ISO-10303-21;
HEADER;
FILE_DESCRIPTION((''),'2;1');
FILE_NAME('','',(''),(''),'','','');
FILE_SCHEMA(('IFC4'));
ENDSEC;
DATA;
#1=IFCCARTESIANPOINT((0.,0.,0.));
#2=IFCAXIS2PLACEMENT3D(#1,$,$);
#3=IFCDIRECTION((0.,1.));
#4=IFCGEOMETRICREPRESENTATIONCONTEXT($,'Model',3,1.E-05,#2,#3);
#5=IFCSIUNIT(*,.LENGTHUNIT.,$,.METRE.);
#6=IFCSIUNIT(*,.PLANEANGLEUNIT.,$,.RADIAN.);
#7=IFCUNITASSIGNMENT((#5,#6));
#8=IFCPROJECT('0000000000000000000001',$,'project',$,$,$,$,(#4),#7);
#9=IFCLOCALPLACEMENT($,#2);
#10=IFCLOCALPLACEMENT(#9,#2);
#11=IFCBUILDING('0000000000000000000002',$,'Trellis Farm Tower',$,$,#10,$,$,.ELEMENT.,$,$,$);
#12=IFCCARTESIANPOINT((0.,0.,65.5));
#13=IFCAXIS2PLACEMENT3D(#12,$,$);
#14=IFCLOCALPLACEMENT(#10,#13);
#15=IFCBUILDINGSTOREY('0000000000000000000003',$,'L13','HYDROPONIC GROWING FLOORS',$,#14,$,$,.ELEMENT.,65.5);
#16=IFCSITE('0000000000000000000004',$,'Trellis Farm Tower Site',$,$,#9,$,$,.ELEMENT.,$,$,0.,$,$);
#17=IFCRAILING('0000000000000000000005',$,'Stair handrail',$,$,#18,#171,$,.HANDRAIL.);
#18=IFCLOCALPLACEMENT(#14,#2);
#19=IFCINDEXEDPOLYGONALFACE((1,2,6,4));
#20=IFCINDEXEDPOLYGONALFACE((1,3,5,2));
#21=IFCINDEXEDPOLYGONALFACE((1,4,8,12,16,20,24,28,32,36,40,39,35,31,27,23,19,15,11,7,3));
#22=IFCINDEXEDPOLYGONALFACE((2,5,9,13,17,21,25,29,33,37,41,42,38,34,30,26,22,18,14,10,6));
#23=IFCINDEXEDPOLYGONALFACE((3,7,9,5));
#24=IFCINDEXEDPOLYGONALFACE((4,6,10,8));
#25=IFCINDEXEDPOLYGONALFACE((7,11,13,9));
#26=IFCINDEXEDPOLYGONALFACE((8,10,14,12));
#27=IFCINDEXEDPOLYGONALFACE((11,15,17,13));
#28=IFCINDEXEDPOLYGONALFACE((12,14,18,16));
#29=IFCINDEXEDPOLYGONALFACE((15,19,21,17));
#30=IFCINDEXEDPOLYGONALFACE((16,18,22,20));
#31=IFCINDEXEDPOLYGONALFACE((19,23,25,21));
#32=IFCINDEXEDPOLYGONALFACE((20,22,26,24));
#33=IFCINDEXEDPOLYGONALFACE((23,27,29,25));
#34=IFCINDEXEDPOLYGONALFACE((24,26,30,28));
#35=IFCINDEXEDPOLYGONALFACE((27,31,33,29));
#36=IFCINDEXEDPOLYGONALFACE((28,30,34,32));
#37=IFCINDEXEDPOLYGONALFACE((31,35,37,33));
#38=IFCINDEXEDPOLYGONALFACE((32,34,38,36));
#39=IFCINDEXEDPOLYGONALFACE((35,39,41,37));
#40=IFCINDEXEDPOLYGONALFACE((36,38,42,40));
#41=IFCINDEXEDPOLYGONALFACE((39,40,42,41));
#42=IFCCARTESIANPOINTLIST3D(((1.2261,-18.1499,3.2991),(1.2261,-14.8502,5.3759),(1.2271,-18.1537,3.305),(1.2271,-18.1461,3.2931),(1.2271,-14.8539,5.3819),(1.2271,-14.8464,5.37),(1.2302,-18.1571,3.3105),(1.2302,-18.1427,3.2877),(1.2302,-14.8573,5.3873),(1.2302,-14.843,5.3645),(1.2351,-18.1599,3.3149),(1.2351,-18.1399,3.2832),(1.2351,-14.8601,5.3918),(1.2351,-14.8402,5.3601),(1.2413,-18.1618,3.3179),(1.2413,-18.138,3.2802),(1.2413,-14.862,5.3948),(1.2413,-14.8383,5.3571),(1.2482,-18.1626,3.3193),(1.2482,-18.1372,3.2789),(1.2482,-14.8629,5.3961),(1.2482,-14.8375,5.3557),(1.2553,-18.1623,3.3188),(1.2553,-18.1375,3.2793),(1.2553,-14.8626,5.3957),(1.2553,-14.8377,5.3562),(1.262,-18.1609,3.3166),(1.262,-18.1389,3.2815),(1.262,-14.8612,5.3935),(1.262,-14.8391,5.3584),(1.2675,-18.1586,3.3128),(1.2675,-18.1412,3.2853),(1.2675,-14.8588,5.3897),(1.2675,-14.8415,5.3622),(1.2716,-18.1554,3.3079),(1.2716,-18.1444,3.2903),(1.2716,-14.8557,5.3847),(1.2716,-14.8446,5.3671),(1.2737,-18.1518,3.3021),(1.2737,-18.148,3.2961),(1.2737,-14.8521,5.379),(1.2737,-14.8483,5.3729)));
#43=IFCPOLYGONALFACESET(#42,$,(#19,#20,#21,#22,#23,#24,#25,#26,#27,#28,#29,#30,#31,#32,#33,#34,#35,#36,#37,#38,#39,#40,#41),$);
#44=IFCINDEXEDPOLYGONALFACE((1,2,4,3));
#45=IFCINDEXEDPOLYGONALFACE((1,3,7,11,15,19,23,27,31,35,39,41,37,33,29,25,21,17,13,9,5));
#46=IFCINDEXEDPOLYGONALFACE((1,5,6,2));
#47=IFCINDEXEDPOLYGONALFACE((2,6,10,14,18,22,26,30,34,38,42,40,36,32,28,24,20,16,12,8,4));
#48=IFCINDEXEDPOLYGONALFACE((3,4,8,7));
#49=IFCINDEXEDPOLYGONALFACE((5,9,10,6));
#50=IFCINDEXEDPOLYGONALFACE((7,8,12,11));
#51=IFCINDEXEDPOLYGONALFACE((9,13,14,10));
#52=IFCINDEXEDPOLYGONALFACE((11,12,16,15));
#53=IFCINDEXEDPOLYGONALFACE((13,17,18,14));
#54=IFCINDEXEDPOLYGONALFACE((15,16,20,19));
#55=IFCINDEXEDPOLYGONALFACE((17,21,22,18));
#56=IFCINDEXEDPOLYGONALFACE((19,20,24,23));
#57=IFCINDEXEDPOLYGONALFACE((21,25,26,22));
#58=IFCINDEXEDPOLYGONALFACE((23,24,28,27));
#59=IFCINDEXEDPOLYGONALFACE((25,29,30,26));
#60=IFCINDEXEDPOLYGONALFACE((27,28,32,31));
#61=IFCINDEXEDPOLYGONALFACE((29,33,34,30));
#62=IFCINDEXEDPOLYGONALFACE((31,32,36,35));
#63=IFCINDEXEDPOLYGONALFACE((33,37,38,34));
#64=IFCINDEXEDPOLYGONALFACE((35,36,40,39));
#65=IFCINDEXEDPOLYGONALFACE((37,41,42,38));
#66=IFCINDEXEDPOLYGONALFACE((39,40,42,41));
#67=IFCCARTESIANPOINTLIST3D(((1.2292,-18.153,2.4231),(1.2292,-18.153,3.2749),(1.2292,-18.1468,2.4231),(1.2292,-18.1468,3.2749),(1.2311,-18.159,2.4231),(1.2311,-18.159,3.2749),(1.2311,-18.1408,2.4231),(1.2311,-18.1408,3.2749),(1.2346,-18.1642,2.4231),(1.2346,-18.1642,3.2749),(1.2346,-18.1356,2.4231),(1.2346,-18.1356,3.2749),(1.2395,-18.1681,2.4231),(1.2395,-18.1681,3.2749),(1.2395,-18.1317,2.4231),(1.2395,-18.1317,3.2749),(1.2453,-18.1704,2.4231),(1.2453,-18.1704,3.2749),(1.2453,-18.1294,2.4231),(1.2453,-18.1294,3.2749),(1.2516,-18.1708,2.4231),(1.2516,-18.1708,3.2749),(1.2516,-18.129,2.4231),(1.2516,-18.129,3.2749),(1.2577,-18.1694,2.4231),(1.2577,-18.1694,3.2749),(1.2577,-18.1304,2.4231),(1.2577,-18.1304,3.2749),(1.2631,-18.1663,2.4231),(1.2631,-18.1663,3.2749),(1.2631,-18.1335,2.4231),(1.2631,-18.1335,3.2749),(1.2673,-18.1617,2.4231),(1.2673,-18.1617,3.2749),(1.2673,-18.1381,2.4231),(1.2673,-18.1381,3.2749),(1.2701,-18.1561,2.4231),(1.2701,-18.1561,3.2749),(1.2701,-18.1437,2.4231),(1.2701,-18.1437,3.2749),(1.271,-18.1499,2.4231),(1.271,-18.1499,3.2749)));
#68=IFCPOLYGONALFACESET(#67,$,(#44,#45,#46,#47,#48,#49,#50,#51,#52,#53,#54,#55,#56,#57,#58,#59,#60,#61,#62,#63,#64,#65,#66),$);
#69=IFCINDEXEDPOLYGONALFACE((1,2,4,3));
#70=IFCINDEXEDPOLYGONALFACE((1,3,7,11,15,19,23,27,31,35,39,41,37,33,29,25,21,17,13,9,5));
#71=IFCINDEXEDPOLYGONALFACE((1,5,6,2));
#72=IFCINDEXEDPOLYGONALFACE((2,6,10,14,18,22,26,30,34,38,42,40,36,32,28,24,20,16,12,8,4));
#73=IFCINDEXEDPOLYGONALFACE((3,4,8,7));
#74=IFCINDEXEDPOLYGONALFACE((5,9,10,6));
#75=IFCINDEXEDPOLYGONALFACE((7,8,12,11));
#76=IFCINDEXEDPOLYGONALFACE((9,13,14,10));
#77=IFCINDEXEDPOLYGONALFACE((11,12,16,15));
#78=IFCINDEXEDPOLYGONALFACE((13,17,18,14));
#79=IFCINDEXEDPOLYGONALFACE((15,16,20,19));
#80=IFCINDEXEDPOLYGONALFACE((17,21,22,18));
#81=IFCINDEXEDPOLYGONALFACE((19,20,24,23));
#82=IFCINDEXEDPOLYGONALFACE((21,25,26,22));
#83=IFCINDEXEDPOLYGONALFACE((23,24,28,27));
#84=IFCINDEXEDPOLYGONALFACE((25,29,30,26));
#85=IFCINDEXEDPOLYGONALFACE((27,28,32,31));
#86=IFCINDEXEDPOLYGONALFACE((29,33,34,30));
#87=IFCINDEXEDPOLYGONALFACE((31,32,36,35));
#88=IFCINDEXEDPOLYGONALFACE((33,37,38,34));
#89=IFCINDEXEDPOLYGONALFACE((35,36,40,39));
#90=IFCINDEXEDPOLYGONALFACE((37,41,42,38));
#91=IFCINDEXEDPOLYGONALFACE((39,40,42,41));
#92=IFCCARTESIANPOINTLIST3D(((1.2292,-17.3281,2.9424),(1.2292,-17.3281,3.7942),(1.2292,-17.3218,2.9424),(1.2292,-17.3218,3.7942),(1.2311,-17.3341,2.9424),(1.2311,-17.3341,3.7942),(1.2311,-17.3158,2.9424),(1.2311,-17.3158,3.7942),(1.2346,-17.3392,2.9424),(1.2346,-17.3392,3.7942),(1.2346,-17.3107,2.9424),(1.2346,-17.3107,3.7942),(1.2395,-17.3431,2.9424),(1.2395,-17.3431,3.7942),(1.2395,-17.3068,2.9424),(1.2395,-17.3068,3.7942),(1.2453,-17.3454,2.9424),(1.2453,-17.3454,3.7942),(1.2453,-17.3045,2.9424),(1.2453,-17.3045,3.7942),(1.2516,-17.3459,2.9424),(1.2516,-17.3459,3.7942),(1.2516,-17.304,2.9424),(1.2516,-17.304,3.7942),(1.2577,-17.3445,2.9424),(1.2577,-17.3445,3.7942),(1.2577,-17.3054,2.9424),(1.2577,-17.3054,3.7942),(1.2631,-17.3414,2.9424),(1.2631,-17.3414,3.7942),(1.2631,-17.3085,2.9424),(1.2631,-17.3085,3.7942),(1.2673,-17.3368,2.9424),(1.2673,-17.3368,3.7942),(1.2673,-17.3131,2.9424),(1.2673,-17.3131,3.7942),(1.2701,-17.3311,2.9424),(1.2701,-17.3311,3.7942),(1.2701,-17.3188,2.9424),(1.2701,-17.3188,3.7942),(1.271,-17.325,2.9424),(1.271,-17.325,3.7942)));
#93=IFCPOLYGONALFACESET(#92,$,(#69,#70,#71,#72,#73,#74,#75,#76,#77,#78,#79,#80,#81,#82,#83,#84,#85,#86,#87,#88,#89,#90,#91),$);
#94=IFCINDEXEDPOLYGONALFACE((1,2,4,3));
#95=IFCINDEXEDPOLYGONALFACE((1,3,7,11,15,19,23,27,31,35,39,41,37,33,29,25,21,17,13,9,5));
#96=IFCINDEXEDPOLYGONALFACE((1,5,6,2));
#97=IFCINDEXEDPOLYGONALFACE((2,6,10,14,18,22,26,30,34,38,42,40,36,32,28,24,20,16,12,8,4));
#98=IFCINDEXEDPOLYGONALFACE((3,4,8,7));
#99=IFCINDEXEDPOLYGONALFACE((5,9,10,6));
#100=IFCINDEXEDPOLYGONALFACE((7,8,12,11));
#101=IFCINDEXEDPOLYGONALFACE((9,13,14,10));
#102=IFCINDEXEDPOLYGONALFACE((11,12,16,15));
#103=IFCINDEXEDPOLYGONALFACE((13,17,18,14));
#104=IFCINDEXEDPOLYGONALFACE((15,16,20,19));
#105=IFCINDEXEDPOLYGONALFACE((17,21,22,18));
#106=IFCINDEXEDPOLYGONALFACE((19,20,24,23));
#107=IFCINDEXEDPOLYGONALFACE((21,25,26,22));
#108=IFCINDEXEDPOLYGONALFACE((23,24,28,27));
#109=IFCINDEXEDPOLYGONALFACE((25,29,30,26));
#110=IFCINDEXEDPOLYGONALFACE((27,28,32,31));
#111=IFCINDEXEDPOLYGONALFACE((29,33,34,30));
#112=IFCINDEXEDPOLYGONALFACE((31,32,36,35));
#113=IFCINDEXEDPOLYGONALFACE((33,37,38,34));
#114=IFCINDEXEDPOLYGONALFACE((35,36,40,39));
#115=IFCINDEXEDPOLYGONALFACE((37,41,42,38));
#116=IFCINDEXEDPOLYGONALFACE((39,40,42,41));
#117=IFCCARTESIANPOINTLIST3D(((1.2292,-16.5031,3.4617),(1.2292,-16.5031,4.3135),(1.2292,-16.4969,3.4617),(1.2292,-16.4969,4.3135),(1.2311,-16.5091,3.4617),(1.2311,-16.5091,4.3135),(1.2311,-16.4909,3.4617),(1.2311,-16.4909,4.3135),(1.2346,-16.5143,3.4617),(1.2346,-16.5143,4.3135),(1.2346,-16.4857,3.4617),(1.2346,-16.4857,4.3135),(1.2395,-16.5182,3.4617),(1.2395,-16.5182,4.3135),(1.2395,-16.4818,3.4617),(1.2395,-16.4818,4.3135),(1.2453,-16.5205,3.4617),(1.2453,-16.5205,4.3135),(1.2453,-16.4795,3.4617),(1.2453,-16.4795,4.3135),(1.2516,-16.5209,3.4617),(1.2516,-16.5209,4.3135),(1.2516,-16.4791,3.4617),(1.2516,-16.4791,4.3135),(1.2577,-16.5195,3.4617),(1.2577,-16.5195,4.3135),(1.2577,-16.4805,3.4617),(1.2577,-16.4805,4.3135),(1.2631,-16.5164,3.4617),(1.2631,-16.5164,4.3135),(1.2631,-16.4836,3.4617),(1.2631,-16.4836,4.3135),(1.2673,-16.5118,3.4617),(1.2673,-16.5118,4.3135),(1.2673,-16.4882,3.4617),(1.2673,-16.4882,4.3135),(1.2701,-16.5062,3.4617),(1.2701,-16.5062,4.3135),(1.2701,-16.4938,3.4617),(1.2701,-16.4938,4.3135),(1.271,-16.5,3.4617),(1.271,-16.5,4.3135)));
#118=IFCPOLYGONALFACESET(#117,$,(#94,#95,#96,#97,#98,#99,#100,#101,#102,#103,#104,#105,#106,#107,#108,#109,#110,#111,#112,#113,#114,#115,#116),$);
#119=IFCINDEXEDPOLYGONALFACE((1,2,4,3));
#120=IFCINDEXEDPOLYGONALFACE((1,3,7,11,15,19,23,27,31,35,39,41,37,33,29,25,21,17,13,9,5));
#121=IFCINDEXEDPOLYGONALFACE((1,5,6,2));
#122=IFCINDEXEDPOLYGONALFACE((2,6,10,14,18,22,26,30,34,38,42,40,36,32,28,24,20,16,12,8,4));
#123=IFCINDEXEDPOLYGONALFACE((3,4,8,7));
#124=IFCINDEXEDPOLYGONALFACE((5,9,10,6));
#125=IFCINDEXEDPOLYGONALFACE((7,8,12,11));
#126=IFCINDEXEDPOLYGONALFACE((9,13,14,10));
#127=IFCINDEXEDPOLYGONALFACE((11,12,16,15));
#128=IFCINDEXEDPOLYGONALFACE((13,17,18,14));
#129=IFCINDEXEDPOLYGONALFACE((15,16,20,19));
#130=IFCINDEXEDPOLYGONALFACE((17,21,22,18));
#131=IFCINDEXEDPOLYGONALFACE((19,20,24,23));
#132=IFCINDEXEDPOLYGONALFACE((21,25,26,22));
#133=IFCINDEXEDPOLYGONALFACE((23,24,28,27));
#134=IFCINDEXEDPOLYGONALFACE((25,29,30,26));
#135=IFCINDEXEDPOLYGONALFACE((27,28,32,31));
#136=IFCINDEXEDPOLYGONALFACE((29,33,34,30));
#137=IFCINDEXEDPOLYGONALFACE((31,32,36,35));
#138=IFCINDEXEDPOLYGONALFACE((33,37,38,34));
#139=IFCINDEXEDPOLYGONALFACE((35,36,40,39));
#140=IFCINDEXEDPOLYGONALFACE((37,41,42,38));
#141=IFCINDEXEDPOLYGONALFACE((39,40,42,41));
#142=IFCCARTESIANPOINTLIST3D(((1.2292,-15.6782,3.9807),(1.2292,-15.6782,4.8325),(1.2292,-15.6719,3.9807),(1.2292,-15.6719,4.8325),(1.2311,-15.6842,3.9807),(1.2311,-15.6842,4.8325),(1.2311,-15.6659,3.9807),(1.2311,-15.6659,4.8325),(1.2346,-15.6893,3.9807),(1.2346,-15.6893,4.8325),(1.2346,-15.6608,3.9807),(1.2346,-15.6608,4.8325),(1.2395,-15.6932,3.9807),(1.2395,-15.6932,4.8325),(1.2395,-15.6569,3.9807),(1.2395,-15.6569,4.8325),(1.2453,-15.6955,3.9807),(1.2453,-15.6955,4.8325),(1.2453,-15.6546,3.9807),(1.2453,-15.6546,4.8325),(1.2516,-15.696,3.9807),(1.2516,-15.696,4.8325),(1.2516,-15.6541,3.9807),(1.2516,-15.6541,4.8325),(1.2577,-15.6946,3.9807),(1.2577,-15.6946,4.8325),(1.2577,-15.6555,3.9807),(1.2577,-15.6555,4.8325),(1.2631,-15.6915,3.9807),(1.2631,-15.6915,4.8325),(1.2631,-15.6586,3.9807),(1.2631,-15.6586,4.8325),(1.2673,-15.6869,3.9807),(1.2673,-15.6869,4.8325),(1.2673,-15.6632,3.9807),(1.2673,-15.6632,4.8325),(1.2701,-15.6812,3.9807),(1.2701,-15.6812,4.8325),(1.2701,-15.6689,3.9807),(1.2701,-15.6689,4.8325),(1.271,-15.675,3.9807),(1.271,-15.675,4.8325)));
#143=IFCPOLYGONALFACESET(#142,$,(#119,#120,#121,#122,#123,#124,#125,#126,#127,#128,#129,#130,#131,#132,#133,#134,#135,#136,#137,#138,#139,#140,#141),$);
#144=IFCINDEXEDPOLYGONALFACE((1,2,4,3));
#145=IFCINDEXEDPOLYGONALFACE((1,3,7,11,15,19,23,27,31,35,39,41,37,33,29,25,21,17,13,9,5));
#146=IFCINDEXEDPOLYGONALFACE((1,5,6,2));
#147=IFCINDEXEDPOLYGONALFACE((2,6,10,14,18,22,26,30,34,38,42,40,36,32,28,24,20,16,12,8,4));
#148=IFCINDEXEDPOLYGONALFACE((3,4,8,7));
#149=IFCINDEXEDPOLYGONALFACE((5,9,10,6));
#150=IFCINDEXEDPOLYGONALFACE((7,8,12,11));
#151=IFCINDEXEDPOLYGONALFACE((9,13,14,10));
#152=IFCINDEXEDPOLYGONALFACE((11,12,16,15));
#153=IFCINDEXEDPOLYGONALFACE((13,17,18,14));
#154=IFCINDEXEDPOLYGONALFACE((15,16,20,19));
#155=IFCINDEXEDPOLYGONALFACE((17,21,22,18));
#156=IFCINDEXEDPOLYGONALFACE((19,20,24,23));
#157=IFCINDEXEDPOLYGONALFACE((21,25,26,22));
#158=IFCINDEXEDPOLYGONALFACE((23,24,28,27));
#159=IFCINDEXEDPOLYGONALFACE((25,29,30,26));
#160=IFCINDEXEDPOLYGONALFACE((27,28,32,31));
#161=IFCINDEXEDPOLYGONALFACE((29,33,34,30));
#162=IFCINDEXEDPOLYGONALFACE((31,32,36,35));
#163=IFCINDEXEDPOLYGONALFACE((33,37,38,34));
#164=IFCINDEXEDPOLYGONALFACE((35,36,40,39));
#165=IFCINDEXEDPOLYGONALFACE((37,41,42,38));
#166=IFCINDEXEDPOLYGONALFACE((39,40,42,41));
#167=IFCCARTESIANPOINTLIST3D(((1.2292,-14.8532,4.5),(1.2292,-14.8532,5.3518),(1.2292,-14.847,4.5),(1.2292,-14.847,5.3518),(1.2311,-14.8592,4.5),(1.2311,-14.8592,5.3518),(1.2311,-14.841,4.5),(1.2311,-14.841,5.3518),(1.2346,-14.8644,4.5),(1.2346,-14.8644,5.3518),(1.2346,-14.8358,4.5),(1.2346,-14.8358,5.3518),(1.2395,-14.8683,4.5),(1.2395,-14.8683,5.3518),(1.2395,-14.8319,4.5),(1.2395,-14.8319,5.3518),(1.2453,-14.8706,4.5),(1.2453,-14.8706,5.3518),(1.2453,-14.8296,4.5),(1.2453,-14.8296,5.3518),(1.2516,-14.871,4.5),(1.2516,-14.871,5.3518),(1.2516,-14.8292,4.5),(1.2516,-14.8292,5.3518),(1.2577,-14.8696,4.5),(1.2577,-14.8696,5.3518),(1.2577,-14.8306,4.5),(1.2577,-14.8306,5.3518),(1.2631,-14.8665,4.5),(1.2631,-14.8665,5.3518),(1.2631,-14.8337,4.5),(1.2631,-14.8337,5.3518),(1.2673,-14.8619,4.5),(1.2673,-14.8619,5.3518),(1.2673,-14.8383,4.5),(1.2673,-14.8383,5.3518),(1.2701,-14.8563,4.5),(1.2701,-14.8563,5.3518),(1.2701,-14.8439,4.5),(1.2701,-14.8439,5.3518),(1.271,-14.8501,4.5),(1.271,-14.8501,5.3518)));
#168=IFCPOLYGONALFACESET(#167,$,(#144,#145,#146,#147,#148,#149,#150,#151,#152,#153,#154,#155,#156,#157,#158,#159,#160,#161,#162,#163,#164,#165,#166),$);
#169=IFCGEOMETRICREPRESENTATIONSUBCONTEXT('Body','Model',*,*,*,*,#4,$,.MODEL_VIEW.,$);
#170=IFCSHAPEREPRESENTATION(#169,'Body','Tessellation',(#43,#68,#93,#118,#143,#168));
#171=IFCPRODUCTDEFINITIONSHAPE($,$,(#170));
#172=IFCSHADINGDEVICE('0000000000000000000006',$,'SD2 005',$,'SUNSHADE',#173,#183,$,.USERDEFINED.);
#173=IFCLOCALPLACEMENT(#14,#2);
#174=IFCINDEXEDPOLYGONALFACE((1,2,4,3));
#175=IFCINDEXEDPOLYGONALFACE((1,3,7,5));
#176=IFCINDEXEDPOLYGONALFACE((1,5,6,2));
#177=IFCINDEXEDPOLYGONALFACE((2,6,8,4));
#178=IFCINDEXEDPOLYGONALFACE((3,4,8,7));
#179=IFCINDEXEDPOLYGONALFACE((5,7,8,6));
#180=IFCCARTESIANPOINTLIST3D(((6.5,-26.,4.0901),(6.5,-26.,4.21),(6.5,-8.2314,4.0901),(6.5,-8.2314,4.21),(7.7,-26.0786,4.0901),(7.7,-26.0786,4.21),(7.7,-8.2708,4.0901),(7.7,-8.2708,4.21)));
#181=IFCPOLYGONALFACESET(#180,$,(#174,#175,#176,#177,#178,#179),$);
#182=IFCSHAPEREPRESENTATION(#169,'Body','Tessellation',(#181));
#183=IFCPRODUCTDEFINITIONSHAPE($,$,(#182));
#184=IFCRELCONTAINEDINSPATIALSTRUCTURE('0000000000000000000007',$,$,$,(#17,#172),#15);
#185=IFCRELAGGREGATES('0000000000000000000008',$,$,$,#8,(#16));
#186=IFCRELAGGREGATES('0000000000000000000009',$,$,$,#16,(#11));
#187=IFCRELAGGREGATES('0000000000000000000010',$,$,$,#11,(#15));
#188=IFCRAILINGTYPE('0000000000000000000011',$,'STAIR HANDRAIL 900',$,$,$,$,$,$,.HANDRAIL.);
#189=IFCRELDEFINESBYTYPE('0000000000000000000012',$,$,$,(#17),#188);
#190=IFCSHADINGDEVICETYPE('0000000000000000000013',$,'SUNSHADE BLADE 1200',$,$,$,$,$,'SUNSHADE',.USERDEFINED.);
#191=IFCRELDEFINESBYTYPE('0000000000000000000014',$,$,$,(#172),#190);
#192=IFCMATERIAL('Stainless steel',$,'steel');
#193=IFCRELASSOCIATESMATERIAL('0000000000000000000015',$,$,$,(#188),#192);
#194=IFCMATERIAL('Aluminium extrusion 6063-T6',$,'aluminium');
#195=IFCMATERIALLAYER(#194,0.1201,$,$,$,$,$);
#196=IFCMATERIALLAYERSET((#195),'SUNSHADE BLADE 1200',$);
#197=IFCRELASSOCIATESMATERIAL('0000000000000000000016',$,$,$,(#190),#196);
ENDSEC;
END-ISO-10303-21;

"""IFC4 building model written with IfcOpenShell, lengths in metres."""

from ifc_helpers import new_model, si_unit, direction, frame, origin, origin_2d, place, context, subcontext, project, spatial, polyline, circle, outline, extrude, source, transform, mapped, material, layer, layer_set, type_object, element, save


model = new_model("IFC4")

# Units and contexts
model_context = context("Model", 3, precision=1e-05, world=origin(), true_north=direction((0.0, 1.0)))
body_context = subcontext(model_context, "Body", "Model", "MODEL_VIEW")
ifc_project = project(units=[si_unit("LENGTHUNIT", "METRE"), si_unit("PLANEANGLEUNIT", "RADIAN")], contexts=[model_context])

# Site, building, storey
site_placement = place(None, origin())
site = spatial("IfcSite", under=ifc_project, at=site_placement, Name="Trellis Farm Tower Site", CompositionType="ELEMENT", RefElevation=0.0)
building_placement = place(site_placement, origin())
building = spatial("IfcBuilding", under=site, at=building_placement, Name="Trellis Farm Tower", CompositionType="ELEMENT")
storey_placement = place(building_placement, frame((0.0, 0.0, 65.5)))
storey = spatial("IfcBuildingStorey", under=building, at=storey_placement, Name="L13", Description="HYDROPONIC GROWING FLOORS", CompositionType="ELEMENT", Elevation=65.5)

# Shared definitions
ifc_material_1 = material(Name="Aluminium extrusion 6063-T6", Category="aluminium")

# Railing
ifc_material_2 = material(Name="Stainless steel", Category="steel")
railing_type = type_object("IfcRailingType", Name="STAIR HANDRAIL 900", PredefinedType="HANDRAIL", material=ifc_material_2)
shared_shape_1 = source(origin(), body_context, "Body", "SweptSolid", [
    extrude(circle(Radius=0.0239, at=origin_2d()), frame((0.0, 0.0, 0.876), z_axis=(0.0, 0.84632, 0.532675), x_axis=(-1.0, 0.0, 0.0)), (0.0, 0.0, 1.0), 3.8989),
    extrude(circle(Radius=0.021, at=origin_2d()), origin(), (0.0, 0.0, 1.0), 0.8518),
    extrude(circle(Radius=0.021, at=origin_2d()), frame((0.0, 0.825, 0.5193)), (0.0, 0.0, 1.0), 0.8518),
    extrude(circle(Radius=0.021, at=origin_2d()), frame((0.0, 1.6499, 1.0386)), (0.0, 0.0, 1.0), 0.8518),
    extrude(circle(Radius=0.021, at=origin_2d()), frame((0.0, 2.4749, 1.5576)), (0.0, 0.0, 1.0), 0.8518),
    extrude(circle(Radius=0.021, at=origin_2d()), frame((0.0, 3.2998, 2.0769)), (0.0, 0.0, 1.0), 0.8518),
])
railing_placement = place(storey_placement, frame((1.25, -18.1499, 2.4231)))
element("IfcRailing", 1, at=railing_placement, inside=storey, type_object=railing_type, Name="Stair handrail", PredefinedType="HANDRAIL", context=body_context, shape_type="MappedRepresentation", body=[
    mapped(shared_shape_1, transform((0.0, 0.0, 0.0))),
])

# Shading device
ifc_layer_1 = layer(ifc_material_1, 0.1201)
ifc_layer_set_1 = layer_set([ifc_layer_1], Name="SUNSHADE BLADE 1200")
shading_device_type = type_object("IfcShadingDeviceType", Name="SUNSHADE BLADE 1200", ElementType="SUNSHADE", PredefinedType="USERDEFINED", material=ifc_layer_set_1)
shared_shape_2 = source(origin(), body_context, "Body", "SweptSolid", [
    extrude(outline(polyline([(7.7, -26.0786), (7.7, -8.2708), (6.5, -8.2314), (6.5, -26.0), (7.7, -26.0786)])), origin(), (0.0, 0.0, 1.0), 0.1199),
])
placement_1 = place(storey_placement, frame((0.0, 0.0, 4.0901)))
element("IfcShadingDevice", 2, at=placement_1, inside=storey, type_object=shading_device_type, Name="SD2 005", ObjectType="SUNSHADE", PredefinedType="USERDEFINED", context=body_context, shape_type="MappedRepresentation", body=[
    mapped(shared_shape_2, transform((0.0, 0.0, 0.0))),
])

save(model, "model.ifc")
